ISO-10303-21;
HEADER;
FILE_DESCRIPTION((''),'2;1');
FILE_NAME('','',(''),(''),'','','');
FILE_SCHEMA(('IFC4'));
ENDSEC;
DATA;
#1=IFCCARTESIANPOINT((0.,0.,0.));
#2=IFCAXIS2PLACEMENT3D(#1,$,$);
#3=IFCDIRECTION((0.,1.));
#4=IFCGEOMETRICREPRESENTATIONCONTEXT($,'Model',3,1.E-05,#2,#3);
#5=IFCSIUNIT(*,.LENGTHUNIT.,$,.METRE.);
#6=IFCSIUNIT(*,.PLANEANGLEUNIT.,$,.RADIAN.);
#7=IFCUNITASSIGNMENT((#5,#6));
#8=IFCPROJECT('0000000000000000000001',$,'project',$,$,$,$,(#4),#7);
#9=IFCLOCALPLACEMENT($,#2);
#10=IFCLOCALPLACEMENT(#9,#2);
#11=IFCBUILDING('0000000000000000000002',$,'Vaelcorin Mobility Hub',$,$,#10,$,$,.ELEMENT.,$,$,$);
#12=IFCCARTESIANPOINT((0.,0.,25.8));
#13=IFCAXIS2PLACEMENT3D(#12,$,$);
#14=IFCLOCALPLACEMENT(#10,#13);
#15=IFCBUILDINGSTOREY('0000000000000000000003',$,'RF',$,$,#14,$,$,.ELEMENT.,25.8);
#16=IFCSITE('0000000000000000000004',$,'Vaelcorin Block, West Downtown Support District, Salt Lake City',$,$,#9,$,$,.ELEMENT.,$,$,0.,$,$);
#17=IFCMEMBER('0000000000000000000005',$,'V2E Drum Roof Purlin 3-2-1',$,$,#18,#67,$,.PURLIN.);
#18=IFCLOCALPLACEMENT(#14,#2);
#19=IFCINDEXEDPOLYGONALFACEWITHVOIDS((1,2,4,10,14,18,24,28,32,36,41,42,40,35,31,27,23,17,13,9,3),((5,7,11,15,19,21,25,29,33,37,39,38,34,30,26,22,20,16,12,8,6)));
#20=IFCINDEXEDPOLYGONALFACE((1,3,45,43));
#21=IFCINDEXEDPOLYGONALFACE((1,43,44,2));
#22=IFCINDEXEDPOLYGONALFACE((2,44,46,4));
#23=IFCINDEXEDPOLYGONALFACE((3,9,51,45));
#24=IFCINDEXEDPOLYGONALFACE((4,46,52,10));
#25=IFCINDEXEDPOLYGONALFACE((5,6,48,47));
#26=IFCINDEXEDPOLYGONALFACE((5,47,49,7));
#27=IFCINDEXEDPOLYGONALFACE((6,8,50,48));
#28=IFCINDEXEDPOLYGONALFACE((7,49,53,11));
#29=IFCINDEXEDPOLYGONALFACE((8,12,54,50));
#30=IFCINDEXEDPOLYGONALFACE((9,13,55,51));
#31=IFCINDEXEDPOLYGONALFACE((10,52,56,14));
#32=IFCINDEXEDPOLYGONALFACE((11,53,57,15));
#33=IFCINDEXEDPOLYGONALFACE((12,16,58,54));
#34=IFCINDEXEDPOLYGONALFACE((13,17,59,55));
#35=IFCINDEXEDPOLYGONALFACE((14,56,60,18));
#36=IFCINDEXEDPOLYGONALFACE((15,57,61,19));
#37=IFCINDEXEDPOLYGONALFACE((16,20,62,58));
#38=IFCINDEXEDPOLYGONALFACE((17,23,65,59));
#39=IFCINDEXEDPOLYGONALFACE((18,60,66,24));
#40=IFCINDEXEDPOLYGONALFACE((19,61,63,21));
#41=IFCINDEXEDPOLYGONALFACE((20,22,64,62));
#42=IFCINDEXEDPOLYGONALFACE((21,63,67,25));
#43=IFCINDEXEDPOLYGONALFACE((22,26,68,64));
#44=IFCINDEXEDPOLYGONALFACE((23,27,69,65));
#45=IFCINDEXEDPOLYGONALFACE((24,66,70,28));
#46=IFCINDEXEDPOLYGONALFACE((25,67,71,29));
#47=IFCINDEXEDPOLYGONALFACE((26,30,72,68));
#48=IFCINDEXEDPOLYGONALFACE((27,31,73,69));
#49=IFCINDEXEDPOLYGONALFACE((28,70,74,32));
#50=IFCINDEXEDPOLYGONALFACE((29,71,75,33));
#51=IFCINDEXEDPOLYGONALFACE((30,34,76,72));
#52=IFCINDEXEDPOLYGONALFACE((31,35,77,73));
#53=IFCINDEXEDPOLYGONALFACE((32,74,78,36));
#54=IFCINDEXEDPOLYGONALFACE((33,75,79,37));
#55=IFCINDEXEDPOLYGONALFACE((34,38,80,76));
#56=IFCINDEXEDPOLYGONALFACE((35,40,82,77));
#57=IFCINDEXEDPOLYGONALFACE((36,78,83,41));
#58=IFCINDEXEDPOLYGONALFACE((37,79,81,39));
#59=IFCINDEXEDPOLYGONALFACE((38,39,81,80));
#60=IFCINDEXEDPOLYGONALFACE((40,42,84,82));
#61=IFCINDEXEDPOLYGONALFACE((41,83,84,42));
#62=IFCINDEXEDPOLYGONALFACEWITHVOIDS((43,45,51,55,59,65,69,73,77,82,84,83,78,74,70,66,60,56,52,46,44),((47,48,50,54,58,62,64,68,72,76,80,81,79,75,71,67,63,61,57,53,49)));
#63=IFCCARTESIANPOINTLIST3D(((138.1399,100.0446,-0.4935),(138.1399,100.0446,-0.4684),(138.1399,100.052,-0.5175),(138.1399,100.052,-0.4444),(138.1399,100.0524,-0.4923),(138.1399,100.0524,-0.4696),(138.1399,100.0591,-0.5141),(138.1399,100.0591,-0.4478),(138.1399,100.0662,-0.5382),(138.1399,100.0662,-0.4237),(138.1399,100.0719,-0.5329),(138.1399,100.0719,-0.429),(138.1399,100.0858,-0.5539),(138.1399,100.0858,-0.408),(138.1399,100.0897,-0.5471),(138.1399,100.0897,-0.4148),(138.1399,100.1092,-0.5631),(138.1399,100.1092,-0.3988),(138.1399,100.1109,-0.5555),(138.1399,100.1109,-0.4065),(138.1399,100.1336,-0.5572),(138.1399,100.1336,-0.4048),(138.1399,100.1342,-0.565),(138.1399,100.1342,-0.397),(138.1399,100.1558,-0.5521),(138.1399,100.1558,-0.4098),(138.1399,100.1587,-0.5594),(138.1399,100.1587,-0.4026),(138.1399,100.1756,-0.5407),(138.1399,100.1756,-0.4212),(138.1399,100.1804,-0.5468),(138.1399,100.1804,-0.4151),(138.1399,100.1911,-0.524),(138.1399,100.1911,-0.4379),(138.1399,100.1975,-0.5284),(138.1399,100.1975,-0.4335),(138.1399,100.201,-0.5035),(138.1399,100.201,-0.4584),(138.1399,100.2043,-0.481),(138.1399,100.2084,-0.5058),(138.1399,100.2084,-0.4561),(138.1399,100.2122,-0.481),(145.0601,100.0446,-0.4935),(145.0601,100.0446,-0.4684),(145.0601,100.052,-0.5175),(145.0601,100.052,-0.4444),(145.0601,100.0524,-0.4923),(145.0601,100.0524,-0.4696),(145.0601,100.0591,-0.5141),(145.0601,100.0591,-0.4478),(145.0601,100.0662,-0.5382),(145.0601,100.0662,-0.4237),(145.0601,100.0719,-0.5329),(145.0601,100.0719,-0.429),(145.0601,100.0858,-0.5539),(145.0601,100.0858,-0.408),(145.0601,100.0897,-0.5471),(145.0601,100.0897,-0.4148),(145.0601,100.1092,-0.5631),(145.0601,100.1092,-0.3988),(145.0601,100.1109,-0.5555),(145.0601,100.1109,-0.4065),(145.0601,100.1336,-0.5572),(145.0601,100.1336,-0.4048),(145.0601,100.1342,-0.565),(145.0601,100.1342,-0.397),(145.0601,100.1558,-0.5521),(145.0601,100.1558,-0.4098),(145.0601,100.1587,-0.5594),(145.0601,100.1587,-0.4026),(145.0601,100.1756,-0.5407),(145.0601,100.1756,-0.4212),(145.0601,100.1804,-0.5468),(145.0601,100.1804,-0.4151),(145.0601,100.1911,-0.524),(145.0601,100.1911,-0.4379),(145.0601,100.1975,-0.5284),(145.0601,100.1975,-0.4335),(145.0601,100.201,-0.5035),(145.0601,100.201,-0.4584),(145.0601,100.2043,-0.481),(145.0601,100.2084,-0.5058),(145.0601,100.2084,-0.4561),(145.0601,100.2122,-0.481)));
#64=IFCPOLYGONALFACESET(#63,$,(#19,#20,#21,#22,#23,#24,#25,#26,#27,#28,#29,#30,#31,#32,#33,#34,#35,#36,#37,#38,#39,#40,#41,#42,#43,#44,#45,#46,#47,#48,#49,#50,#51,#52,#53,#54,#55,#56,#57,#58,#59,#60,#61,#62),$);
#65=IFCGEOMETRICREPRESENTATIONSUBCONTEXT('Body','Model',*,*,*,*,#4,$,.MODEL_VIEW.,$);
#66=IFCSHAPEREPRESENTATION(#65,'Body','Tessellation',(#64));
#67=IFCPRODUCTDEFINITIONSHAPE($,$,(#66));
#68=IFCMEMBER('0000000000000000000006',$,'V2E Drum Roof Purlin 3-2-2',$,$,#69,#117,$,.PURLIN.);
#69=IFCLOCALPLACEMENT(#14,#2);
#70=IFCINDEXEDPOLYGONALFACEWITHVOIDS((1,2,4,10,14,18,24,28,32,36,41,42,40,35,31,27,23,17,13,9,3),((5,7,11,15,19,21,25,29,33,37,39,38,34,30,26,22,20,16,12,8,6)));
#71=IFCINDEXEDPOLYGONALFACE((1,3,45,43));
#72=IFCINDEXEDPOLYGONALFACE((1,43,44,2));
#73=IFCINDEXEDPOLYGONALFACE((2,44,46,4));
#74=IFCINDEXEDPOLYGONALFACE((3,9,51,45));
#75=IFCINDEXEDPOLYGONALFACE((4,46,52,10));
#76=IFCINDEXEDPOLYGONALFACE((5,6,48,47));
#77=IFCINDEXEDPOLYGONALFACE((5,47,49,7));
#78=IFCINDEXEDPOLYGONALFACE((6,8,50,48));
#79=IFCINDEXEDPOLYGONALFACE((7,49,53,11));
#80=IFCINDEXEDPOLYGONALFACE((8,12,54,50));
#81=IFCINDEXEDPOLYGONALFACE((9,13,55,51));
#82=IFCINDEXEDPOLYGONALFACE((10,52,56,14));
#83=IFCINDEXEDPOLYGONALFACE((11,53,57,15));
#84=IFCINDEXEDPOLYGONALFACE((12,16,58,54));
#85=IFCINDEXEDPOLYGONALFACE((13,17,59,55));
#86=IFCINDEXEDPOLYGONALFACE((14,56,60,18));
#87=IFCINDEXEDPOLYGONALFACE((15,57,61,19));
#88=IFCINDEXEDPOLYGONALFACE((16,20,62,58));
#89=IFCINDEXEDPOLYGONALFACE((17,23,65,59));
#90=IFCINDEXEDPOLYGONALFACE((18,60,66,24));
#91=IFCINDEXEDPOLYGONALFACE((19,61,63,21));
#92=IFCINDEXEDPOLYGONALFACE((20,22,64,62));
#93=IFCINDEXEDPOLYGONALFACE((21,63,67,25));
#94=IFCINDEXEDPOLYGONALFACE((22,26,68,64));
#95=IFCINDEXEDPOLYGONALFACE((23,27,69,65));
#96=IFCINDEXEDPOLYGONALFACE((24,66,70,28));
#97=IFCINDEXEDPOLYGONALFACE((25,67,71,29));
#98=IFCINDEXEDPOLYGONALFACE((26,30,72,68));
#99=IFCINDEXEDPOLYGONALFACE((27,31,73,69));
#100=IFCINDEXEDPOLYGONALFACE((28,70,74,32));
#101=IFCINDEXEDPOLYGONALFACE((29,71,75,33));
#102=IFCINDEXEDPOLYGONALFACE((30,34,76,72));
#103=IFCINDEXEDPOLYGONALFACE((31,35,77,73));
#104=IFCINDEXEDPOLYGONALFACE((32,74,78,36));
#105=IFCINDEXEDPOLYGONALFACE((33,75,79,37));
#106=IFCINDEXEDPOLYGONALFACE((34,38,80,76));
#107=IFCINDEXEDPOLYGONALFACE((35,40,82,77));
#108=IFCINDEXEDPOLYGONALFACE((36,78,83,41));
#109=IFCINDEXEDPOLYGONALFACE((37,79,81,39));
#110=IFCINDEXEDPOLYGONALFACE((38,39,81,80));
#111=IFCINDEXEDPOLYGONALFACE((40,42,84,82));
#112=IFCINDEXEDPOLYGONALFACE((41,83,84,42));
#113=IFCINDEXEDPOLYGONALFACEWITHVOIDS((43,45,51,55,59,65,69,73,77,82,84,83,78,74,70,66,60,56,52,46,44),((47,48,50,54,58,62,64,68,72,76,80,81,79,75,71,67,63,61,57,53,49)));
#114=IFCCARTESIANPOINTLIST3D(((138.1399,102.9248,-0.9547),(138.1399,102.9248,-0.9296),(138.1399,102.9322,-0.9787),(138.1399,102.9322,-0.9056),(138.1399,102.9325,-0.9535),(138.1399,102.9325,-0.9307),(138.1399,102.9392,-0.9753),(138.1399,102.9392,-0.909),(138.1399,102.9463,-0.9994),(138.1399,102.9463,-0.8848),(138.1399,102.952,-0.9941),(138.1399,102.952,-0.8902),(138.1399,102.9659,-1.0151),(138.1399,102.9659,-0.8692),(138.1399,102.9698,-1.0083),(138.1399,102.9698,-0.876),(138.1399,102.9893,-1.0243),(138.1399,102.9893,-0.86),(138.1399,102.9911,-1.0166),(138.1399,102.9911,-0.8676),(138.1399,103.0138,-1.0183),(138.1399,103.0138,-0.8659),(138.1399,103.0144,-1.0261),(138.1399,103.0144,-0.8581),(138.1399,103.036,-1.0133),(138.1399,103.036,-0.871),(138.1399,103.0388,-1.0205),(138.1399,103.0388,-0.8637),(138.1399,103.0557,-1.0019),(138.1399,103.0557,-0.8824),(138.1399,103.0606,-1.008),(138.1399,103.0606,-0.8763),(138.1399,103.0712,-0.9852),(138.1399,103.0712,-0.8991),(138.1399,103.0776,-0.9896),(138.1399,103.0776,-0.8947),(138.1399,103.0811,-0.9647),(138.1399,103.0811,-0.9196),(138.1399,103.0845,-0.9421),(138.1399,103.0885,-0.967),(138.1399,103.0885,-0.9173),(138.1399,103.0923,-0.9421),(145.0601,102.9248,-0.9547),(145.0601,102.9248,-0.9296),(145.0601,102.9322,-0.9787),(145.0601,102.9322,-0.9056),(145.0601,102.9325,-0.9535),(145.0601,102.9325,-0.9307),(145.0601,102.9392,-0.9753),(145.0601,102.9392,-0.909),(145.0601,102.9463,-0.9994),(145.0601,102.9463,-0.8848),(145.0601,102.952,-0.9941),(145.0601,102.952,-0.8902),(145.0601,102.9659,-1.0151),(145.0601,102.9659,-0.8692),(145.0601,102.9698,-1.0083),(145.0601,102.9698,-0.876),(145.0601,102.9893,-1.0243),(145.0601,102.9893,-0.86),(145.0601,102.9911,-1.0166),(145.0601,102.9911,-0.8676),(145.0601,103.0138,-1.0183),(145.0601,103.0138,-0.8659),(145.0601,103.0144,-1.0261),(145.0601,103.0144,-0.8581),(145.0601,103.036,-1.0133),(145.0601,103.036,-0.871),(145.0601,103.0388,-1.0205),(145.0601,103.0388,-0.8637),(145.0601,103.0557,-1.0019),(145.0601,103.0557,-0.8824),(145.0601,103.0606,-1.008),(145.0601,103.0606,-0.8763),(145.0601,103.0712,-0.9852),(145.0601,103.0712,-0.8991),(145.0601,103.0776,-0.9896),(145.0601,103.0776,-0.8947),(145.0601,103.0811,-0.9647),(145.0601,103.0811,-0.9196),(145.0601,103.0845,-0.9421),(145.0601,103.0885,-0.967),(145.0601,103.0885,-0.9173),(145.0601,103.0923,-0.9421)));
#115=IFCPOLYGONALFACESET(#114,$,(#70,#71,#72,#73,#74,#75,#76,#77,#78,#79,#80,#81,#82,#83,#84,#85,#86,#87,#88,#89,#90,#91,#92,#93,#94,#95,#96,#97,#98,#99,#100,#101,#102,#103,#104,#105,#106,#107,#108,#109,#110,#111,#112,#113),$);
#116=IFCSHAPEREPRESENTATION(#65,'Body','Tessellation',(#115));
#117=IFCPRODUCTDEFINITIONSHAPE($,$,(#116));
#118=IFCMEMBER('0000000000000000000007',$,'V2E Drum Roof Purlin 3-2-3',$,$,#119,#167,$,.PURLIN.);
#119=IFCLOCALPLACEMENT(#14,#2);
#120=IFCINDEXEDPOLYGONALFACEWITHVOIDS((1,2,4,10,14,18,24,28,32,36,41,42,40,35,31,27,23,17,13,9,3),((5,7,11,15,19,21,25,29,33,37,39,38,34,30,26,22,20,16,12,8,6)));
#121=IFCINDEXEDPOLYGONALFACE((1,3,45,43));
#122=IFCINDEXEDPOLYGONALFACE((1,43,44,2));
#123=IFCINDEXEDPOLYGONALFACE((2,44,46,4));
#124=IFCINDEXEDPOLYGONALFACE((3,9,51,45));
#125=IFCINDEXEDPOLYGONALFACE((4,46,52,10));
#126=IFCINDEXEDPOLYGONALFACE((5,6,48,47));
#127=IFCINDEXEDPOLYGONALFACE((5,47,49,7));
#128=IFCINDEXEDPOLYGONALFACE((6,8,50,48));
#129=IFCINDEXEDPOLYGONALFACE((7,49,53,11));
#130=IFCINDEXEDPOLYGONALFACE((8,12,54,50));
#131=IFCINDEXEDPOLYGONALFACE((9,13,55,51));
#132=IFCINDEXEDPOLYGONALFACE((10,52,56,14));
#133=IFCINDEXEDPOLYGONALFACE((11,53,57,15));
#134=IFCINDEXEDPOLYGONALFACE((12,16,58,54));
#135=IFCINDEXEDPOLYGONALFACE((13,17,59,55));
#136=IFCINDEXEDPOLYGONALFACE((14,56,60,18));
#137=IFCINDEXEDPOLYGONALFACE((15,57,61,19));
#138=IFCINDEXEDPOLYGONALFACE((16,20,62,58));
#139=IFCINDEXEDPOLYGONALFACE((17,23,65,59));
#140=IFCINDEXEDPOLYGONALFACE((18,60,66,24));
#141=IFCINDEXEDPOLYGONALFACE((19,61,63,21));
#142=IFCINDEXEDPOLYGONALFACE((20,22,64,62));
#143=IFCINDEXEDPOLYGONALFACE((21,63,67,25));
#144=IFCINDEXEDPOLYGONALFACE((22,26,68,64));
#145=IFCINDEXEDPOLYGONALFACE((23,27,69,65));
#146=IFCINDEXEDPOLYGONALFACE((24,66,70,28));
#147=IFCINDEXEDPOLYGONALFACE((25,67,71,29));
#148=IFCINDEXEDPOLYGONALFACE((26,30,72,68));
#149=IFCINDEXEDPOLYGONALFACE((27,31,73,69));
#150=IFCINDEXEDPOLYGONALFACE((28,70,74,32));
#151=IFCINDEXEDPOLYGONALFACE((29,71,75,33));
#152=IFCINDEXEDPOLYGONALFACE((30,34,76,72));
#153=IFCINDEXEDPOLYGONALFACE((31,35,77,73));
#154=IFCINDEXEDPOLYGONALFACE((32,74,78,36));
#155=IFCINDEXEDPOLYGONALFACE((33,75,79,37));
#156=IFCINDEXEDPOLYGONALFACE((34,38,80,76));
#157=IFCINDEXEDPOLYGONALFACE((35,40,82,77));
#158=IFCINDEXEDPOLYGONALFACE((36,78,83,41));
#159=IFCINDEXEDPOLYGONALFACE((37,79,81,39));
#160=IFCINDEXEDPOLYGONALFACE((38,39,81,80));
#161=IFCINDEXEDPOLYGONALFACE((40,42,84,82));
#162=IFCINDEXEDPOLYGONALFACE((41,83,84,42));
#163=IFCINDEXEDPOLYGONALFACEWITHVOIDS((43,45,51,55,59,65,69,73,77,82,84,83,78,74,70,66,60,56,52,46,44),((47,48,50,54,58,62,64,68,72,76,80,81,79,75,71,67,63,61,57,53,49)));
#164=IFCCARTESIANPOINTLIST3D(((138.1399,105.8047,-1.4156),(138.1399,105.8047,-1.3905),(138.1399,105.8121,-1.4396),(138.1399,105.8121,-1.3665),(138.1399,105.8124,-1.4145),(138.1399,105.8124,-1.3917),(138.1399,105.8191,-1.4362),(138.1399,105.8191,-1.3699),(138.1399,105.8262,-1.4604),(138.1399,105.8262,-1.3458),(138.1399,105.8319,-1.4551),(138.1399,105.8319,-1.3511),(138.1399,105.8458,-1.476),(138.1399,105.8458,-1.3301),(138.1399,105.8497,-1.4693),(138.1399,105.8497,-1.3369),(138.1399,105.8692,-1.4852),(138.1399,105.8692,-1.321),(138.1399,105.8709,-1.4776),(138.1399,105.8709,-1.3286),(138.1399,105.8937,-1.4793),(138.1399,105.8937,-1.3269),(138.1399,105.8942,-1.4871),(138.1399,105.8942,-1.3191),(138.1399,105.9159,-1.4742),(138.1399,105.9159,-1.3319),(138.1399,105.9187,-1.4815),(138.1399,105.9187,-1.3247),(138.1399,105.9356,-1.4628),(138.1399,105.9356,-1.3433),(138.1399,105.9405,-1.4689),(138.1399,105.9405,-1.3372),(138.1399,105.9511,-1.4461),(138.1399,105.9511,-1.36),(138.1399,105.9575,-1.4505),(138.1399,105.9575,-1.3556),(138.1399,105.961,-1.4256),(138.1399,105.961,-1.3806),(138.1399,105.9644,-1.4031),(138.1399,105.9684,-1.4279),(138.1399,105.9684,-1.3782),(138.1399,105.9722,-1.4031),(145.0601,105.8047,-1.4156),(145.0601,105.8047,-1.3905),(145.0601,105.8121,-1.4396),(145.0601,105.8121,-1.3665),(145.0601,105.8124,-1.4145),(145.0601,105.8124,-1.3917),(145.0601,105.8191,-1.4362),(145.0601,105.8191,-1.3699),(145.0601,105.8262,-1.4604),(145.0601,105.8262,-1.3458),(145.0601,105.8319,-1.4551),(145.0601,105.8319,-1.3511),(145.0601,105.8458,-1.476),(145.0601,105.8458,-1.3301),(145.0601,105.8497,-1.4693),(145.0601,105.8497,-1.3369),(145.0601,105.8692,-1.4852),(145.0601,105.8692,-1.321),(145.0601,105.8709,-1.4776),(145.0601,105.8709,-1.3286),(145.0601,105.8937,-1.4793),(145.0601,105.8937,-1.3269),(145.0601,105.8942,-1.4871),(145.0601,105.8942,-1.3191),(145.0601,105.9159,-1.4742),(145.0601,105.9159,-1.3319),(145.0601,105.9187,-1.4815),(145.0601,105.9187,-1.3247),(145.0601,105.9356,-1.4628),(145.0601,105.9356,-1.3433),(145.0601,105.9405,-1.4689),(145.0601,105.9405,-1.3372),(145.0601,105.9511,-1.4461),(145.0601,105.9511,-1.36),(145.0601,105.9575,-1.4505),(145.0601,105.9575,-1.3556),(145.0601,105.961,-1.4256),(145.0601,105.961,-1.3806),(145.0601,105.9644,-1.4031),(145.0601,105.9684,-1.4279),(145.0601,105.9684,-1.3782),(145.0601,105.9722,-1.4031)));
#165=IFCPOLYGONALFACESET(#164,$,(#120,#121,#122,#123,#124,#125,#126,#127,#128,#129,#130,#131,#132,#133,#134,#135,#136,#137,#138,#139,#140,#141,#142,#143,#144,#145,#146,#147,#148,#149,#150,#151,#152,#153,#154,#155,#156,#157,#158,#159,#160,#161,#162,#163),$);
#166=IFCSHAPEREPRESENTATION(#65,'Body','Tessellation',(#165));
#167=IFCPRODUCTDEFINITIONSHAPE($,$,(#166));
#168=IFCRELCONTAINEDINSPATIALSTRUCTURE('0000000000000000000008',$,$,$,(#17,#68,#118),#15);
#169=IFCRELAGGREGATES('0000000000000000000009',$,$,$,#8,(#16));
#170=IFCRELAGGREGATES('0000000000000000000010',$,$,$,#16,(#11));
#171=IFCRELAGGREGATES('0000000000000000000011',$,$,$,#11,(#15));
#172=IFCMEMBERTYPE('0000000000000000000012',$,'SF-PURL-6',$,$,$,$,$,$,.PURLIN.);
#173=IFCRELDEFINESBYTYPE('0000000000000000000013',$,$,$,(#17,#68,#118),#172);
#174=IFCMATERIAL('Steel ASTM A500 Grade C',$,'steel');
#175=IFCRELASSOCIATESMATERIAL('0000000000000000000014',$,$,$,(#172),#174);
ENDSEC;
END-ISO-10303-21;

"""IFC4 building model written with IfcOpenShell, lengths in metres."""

from ifc_helpers import new_model, si_unit, direction, frame, origin, origin_2d, place, context, subcontext, project, spatial, hollow_circle, extrude, material, material_profile, profile_set, type_object, element, save


model = new_model("IFC4")

# Units and contexts
model_context = context("Model", 3, precision=1e-05, world=origin(), true_north=direction((0.0, 1.0)))
body_context = subcontext(model_context, "Body", "Model", "MODEL_VIEW")
ifc_project = project(units=[si_unit("LENGTHUNIT", "METRE"), si_unit("PLANEANGLEUNIT", "RADIAN")], contexts=[model_context])

# Site, building, storey
site_placement = place(None, origin())
site = spatial("IfcSite", under=ifc_project, at=site_placement, Name="Vaelcorin Block, West Downtown Support District, Salt Lake City", CompositionType="ELEMENT", RefElevation=0.0)
building_placement = place(site_placement, origin())
building = spatial("IfcBuilding", under=site, at=building_placement, Name="Vaelcorin Mobility Hub", CompositionType="ELEMENT")
storey_placement = place(building_placement, frame((0.0, 0.0, 25.8)))
storey = spatial("IfcBuildingStorey", under=building, at=storey_placement, Name="RF", CompositionType="ELEMENT", Elevation=25.8)

# Members
ifc_material_1 = material(Name="Steel ASTM A500 Grade C", Category="steel")
ifc_material_profile_1 = material_profile(ifc_material_1, hollow_circle(Radius=0.0842, WallThickness=0.0078, at=origin_2d()), Name="HSS6.625X0.312")
ifc_profile_set_1 = profile_set([ifc_material_profile_1], Name="Steel ASTM A500 Grade C")
member_type_1 = type_object("IfcMemberType", Name="SF-PURL-6", PredefinedType="PURLIN", material=ifc_profile_set_1)
for number, where, z_axis, x_axis, name in (
    (1, (138.1399, 100.1279, -0.481), (1.0, 0.0, 0.0), (0.0, 1.0, 0.0), "V2E Drum Roof Purlin 3-2-1"),
    (2, (138.1399, 103.0081, -0.9421), (1.0, 0.0, 0.0), (0.0, 1.0, 0.0), "V2E Drum Roof Purlin 3-2-2"),
    (3, (138.1399, 105.8879, -1.4031), (1.0, 0.0, 0.0), (0.0, 1.0, 0.0), "V2E Drum Roof Purlin 3-2-3"),
):
    element("IfcMember", number, at=place(storey_placement, frame(where, z_axis=z_axis, x_axis=x_axis)), inside=storey, type_object=member_type_1, Name=name, PredefinedType="PURLIN", context=body_context, shape_type="SweptSolid", body=[
        extrude(hollow_circle(Radius=0.0842, WallThickness=0.0078, at=origin_2d()), origin(), (0.0, 0.0, 1.0), 6.9202),
    ])

save(model, "model.ifc")
